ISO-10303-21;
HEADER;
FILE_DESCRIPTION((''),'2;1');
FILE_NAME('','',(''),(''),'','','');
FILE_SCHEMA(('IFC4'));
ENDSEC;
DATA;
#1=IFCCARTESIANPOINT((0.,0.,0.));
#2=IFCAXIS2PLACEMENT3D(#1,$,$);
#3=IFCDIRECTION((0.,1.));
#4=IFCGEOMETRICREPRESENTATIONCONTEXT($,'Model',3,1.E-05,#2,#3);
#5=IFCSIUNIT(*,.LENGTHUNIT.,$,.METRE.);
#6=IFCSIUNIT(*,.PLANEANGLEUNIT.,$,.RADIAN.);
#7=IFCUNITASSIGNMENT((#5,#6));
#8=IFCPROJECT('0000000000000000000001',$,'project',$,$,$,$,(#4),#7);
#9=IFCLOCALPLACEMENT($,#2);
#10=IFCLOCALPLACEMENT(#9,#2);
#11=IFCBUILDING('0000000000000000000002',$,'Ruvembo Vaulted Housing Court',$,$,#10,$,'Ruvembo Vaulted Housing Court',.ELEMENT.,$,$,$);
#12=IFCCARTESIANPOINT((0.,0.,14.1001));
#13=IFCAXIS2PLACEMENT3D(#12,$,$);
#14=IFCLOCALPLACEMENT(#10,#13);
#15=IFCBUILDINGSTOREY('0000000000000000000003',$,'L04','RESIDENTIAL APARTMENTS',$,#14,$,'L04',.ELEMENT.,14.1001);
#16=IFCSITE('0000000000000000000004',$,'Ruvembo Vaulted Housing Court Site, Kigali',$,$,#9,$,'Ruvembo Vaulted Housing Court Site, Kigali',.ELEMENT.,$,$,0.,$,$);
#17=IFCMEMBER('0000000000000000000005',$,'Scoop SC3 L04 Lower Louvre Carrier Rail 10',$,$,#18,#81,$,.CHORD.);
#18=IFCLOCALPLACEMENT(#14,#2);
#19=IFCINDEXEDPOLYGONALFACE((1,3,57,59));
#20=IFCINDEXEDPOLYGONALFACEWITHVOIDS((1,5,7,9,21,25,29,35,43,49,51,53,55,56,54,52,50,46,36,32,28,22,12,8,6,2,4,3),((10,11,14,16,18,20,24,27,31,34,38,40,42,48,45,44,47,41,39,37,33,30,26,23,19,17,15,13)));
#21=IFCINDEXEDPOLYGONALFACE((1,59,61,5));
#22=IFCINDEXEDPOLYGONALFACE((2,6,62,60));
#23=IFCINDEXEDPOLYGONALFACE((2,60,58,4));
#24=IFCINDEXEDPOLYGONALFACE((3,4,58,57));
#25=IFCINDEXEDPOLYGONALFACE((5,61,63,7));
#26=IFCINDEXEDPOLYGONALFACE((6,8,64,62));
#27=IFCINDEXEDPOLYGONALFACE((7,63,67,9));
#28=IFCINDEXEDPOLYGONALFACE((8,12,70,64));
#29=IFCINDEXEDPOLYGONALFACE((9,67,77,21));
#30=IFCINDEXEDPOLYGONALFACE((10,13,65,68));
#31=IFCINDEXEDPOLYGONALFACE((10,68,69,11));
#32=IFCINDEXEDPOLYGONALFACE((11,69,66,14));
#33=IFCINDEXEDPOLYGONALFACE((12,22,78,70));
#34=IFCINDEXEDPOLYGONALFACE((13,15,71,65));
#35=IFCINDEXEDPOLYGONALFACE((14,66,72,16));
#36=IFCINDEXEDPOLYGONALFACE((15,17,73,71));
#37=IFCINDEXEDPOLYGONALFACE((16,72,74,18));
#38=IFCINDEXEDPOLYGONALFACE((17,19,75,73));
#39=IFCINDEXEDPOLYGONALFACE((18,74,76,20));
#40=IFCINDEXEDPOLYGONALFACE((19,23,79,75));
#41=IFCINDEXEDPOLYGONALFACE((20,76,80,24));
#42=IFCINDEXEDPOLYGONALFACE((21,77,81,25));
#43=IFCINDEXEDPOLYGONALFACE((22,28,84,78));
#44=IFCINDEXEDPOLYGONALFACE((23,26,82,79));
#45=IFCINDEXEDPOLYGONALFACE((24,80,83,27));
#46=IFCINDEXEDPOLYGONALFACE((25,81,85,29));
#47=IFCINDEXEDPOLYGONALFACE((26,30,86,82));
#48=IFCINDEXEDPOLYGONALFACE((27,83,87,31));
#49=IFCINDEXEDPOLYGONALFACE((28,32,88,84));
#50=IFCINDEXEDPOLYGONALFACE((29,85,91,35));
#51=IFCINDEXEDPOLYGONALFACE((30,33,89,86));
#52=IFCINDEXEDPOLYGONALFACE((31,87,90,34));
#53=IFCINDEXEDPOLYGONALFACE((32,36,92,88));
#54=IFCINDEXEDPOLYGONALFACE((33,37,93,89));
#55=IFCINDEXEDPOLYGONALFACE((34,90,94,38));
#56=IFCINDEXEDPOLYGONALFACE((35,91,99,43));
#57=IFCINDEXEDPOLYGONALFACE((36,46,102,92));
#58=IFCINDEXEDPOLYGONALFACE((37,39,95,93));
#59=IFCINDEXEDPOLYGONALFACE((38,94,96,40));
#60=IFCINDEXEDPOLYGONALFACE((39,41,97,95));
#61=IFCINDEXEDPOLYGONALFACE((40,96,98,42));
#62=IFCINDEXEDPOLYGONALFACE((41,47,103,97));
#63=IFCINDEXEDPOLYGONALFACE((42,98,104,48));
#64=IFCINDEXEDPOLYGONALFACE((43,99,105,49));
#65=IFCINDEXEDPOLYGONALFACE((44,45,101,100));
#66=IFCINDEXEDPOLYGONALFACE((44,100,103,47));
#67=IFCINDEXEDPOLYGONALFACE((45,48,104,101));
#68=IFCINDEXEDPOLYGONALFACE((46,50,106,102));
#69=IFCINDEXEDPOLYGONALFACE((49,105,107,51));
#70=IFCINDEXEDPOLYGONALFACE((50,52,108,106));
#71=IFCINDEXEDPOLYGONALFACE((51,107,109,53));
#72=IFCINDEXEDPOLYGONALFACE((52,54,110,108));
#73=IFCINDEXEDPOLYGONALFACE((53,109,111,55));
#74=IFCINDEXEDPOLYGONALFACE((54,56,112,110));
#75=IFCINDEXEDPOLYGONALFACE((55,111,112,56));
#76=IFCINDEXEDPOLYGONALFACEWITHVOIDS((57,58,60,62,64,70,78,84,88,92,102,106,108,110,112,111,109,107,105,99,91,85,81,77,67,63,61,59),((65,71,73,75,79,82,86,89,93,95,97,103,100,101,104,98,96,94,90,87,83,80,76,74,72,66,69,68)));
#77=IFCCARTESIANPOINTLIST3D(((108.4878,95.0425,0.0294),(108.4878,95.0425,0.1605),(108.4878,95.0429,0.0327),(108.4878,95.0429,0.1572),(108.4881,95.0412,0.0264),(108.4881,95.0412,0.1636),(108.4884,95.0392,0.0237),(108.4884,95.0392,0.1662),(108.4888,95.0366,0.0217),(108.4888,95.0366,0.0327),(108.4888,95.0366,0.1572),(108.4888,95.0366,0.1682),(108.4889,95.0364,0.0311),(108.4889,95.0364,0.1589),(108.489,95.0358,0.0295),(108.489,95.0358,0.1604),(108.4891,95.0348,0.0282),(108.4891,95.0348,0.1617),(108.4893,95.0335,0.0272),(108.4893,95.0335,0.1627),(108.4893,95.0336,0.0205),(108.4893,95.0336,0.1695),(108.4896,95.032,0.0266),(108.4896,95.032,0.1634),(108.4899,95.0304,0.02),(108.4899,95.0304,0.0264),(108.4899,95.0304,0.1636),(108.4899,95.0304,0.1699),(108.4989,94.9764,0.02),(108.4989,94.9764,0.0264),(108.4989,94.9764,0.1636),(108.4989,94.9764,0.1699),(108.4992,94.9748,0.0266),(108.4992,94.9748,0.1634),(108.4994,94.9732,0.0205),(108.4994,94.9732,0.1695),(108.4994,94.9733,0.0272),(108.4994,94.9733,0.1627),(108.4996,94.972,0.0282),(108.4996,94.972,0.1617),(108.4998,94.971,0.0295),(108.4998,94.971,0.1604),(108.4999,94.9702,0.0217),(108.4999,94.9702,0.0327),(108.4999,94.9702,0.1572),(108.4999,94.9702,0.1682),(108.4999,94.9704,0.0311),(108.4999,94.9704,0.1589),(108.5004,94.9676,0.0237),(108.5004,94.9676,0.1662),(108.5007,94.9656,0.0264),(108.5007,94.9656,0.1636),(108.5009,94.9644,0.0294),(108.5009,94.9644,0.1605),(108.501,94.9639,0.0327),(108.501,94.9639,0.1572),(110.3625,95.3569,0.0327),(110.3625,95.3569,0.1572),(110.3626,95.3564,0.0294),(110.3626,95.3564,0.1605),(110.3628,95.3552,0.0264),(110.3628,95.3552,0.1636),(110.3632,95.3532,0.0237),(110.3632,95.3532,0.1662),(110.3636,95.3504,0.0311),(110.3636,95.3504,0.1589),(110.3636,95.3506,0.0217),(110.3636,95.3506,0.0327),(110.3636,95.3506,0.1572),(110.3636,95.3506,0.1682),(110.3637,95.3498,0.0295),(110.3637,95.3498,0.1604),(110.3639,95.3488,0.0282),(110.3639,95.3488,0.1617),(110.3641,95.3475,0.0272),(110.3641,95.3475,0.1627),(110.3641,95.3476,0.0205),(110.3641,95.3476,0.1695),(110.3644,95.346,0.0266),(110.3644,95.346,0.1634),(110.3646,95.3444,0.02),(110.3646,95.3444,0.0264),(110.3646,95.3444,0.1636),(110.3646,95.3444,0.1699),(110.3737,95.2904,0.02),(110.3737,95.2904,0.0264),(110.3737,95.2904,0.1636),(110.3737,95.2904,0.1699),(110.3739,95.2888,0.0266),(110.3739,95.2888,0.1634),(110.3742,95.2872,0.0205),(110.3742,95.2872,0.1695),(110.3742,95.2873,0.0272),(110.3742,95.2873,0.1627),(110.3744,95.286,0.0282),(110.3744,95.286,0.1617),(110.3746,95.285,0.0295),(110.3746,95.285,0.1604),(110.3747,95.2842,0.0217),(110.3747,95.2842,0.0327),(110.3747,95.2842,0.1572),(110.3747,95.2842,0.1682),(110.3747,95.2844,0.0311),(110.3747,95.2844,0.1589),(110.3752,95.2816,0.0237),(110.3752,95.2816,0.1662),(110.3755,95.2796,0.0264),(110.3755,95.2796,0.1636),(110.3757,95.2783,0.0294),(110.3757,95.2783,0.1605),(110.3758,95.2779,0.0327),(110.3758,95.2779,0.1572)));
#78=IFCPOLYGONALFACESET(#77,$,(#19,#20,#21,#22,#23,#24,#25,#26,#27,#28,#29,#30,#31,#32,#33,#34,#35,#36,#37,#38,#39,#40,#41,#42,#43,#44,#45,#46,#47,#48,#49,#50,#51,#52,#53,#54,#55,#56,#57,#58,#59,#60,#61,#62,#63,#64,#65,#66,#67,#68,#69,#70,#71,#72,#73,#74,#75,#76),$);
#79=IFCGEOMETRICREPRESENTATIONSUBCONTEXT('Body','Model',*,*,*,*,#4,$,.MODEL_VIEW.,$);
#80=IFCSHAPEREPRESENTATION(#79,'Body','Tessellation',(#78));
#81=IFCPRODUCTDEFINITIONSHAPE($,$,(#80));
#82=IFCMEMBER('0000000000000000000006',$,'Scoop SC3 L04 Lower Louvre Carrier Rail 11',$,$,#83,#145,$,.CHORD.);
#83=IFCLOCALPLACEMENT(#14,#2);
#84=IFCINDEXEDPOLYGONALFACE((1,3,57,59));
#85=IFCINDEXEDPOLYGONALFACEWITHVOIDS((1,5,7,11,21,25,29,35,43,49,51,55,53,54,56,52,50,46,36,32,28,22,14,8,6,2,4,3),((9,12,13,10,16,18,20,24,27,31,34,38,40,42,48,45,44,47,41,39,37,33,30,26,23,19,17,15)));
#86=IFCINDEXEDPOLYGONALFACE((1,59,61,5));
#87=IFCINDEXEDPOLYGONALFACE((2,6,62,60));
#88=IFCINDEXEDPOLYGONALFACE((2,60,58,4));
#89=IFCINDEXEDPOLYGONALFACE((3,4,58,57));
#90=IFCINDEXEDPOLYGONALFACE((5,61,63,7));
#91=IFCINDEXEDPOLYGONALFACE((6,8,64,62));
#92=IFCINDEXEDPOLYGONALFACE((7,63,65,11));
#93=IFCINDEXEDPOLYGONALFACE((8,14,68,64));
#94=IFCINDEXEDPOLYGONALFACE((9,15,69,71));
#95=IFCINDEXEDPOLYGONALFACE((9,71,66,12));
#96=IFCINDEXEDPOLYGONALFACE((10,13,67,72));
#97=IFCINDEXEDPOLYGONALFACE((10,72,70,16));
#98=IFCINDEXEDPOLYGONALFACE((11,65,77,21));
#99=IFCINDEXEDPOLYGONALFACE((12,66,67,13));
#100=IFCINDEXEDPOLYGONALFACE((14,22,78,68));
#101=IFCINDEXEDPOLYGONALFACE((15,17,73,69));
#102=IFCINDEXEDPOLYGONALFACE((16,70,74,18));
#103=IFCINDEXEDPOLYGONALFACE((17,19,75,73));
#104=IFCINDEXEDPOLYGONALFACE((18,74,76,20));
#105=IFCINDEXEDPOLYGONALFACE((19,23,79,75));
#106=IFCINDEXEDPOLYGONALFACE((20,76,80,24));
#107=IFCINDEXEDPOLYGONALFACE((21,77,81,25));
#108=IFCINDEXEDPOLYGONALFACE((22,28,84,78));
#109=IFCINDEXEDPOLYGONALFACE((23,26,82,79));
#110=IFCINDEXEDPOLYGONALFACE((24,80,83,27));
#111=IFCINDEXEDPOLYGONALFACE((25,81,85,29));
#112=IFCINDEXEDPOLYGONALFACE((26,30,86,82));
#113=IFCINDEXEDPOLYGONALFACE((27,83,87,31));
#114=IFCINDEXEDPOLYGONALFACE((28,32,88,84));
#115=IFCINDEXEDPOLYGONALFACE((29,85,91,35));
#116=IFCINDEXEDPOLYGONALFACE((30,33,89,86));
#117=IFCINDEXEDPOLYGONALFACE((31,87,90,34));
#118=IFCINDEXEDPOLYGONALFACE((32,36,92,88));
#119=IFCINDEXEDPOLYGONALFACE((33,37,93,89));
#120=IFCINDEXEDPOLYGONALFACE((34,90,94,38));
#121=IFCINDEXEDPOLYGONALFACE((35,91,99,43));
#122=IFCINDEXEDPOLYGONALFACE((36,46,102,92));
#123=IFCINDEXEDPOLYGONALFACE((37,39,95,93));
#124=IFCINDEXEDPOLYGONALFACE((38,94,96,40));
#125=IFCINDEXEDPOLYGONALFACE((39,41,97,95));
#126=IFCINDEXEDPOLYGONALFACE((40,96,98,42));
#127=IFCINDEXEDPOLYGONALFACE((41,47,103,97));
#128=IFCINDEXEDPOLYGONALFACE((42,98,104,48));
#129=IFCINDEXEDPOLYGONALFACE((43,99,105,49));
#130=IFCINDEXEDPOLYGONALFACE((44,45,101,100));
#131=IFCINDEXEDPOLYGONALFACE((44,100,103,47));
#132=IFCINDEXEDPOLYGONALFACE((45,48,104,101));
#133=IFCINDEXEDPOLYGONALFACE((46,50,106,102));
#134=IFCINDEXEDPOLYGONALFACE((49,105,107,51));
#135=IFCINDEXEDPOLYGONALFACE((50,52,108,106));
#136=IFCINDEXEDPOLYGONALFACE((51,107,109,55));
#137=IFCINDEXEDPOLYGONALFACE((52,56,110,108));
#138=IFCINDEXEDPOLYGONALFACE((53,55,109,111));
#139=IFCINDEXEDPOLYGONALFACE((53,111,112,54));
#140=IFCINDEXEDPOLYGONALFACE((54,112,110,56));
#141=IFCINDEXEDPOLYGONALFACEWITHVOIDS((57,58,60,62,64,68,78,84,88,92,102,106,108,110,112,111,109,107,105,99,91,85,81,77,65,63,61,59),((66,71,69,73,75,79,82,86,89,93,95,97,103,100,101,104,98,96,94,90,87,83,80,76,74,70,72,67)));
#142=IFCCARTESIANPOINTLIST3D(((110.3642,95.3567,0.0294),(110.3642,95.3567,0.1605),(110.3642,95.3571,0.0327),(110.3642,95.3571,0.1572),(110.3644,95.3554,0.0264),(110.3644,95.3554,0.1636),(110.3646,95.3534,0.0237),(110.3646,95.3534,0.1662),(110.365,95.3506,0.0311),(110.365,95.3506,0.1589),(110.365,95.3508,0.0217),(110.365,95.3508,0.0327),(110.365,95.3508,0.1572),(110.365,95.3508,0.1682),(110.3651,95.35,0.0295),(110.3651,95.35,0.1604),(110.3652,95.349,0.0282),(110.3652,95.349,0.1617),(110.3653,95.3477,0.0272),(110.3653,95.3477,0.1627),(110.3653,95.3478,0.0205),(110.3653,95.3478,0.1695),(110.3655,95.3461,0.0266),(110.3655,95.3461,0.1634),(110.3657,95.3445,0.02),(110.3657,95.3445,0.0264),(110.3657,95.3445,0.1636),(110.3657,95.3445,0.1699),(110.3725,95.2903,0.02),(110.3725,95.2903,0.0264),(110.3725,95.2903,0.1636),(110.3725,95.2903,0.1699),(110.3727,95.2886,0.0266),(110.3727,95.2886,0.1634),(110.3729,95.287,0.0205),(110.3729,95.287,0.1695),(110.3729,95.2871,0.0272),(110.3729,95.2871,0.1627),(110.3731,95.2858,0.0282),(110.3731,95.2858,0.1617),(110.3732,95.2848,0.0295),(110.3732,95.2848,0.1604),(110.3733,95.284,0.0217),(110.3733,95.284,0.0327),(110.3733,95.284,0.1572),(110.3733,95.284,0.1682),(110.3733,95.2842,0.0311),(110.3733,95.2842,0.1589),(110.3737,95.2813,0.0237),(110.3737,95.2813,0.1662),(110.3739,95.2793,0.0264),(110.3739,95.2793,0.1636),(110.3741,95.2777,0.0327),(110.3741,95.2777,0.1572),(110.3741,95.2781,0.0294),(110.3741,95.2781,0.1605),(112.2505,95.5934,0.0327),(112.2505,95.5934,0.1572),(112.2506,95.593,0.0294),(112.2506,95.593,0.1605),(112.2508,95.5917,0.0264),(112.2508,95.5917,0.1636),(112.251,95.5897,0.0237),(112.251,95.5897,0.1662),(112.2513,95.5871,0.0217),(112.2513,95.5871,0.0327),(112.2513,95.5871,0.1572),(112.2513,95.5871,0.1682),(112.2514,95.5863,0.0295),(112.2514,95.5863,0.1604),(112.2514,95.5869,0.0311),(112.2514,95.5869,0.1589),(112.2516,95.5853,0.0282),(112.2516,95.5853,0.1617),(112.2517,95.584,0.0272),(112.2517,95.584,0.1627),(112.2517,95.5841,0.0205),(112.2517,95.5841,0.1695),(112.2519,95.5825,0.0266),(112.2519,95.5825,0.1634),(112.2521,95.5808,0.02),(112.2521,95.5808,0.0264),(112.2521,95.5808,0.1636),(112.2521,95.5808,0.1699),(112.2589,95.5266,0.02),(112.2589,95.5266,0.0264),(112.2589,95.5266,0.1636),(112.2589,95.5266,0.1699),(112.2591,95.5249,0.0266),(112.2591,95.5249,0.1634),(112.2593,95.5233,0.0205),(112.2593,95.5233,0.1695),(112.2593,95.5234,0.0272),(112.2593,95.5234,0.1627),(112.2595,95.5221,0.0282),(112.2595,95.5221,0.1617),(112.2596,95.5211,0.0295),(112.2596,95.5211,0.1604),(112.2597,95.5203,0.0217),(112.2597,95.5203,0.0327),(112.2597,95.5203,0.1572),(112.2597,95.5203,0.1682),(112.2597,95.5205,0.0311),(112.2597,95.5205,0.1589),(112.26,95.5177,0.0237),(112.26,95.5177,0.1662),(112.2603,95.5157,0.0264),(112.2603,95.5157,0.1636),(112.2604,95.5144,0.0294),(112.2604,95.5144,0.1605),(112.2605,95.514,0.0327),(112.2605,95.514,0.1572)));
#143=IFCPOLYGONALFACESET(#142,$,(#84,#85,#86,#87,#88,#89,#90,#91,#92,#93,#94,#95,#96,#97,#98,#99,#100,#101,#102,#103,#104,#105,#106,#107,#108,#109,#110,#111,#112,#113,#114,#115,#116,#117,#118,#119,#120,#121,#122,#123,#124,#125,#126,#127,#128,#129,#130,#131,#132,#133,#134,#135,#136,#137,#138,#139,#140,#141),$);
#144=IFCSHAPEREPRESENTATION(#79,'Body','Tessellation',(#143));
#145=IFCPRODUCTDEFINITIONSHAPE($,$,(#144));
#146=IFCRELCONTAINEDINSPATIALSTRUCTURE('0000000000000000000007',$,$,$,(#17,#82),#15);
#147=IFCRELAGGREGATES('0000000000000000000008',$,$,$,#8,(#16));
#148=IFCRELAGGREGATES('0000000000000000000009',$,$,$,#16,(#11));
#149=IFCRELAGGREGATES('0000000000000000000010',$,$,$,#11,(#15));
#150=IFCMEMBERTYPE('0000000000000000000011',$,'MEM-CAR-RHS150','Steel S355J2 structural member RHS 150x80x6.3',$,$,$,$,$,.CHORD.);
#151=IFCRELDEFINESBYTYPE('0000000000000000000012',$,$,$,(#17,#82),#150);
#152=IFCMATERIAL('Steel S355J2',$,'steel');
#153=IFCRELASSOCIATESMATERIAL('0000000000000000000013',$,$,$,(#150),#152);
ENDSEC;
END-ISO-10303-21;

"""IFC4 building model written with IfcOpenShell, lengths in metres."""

from ifc_helpers import new_model, si_unit, direction, frame, origin, origin_2d, place, context, subcontext, project, spatial, hollow_rectangle, extrude, material, material_profile, profile_set, type_object, element, save


model = new_model("IFC4")

# Units and contexts
model_context = context("Model", 3, precision=1e-05, world=origin(), true_north=direction((0.0, 1.0)))
body_context = subcontext(model_context, "Body", "Model", "MODEL_VIEW")
ifc_project = project(units=[si_unit("LENGTHUNIT", "METRE"), si_unit("PLANEANGLEUNIT", "RADIAN")], contexts=[model_context])

# Site, building, storey
site_placement = place(None, origin())
site = spatial("IfcSite", under=ifc_project, at=site_placement, Name="Ruvembo Vaulted Housing Court Site, Kigali", LongName="Ruvembo Vaulted Housing Court Site, Kigali", CompositionType="ELEMENT", RefElevation=0.0)
building_placement = place(site_placement, origin())
building = spatial("IfcBuilding", under=site, at=building_placement, Name="Ruvembo Vaulted Housing Court", LongName="Ruvembo Vaulted Housing Court", CompositionType="ELEMENT")
storey_placement = place(building_placement, frame((0.0, 0.0, 14.1001)))
storey = spatial("IfcBuildingStorey", under=building, at=storey_placement, Name="L04", Description="RESIDENTIAL APARTMENTS", LongName="L04", CompositionType="ELEMENT", Elevation=14.1001)

# Shared definitions
ifc_material_1 = material(Name="Steel S355J2", Category="steel")

# Members
ifc_material_profile_1 = material_profile(ifc_material_1, hollow_rectangle(XDim=0.0801, YDim=0.1499, WallThickness=0.0063, InnerFilletRadius=0.0063, OuterFilletRadius=0.0127, at=origin_2d()), Name="RHS 150x80x6.3")
ifc_profile_set_1 = profile_set([ifc_material_profile_1], Name="Steel S355J2")
member_type_1 = type_object("IfcMemberType", Name="MEM-CAR-RHS150", Description="Steel S355J2 structural member RHS 150x80x6.3", PredefinedType="CHORD", material=ifc_profile_set_1)
member_1_placement = place(storey_placement, frame((108.4944, 95.0034, 0.095), z_axis=(0.986265, 0.16517, 0.0), x_axis=(-0.16517, 0.986265, 0.0)))
element("IfcMember", 1, at=member_1_placement, inside=storey, type_object=member_type_1, Name="Scoop SC3 L04 Lower Louvre Carrier Rail 10", PredefinedType="CHORD", context=body_context, shape_type="SweptSolid", body=[
    extrude(hollow_rectangle(XDim=0.0801, YDim=0.1499, WallThickness=0.0063, InnerFilletRadius=0.0063, OuterFilletRadius=0.0127, at=origin_2d()), origin(), (0.0, 0.0, 1.0), 1.9009),
])
member_2_placement = place(storey_placement, frame((110.3691, 95.3174, 0.095), z_axis=(0.992244, 0.124303, 0.0), x_axis=(-0.124303, 0.992244, 0.0)))
element("IfcMember", 2, at=member_2_placement, inside=storey, type_object=member_type_1, Name="Scoop SC3 L04 Lower Louvre Carrier Rail 11", PredefinedType="CHORD", context=body_context, shape_type="SweptSolid", body=[
    extrude(hollow_rectangle(XDim=0.0801, YDim=0.1499, WallThickness=0.0063, InnerFilletRadius=0.0063, OuterFilletRadius=0.0127, at=origin_2d()), origin(), (0.0, 0.0, 1.0), 1.9011),
])

save(model, "model.ifc")
